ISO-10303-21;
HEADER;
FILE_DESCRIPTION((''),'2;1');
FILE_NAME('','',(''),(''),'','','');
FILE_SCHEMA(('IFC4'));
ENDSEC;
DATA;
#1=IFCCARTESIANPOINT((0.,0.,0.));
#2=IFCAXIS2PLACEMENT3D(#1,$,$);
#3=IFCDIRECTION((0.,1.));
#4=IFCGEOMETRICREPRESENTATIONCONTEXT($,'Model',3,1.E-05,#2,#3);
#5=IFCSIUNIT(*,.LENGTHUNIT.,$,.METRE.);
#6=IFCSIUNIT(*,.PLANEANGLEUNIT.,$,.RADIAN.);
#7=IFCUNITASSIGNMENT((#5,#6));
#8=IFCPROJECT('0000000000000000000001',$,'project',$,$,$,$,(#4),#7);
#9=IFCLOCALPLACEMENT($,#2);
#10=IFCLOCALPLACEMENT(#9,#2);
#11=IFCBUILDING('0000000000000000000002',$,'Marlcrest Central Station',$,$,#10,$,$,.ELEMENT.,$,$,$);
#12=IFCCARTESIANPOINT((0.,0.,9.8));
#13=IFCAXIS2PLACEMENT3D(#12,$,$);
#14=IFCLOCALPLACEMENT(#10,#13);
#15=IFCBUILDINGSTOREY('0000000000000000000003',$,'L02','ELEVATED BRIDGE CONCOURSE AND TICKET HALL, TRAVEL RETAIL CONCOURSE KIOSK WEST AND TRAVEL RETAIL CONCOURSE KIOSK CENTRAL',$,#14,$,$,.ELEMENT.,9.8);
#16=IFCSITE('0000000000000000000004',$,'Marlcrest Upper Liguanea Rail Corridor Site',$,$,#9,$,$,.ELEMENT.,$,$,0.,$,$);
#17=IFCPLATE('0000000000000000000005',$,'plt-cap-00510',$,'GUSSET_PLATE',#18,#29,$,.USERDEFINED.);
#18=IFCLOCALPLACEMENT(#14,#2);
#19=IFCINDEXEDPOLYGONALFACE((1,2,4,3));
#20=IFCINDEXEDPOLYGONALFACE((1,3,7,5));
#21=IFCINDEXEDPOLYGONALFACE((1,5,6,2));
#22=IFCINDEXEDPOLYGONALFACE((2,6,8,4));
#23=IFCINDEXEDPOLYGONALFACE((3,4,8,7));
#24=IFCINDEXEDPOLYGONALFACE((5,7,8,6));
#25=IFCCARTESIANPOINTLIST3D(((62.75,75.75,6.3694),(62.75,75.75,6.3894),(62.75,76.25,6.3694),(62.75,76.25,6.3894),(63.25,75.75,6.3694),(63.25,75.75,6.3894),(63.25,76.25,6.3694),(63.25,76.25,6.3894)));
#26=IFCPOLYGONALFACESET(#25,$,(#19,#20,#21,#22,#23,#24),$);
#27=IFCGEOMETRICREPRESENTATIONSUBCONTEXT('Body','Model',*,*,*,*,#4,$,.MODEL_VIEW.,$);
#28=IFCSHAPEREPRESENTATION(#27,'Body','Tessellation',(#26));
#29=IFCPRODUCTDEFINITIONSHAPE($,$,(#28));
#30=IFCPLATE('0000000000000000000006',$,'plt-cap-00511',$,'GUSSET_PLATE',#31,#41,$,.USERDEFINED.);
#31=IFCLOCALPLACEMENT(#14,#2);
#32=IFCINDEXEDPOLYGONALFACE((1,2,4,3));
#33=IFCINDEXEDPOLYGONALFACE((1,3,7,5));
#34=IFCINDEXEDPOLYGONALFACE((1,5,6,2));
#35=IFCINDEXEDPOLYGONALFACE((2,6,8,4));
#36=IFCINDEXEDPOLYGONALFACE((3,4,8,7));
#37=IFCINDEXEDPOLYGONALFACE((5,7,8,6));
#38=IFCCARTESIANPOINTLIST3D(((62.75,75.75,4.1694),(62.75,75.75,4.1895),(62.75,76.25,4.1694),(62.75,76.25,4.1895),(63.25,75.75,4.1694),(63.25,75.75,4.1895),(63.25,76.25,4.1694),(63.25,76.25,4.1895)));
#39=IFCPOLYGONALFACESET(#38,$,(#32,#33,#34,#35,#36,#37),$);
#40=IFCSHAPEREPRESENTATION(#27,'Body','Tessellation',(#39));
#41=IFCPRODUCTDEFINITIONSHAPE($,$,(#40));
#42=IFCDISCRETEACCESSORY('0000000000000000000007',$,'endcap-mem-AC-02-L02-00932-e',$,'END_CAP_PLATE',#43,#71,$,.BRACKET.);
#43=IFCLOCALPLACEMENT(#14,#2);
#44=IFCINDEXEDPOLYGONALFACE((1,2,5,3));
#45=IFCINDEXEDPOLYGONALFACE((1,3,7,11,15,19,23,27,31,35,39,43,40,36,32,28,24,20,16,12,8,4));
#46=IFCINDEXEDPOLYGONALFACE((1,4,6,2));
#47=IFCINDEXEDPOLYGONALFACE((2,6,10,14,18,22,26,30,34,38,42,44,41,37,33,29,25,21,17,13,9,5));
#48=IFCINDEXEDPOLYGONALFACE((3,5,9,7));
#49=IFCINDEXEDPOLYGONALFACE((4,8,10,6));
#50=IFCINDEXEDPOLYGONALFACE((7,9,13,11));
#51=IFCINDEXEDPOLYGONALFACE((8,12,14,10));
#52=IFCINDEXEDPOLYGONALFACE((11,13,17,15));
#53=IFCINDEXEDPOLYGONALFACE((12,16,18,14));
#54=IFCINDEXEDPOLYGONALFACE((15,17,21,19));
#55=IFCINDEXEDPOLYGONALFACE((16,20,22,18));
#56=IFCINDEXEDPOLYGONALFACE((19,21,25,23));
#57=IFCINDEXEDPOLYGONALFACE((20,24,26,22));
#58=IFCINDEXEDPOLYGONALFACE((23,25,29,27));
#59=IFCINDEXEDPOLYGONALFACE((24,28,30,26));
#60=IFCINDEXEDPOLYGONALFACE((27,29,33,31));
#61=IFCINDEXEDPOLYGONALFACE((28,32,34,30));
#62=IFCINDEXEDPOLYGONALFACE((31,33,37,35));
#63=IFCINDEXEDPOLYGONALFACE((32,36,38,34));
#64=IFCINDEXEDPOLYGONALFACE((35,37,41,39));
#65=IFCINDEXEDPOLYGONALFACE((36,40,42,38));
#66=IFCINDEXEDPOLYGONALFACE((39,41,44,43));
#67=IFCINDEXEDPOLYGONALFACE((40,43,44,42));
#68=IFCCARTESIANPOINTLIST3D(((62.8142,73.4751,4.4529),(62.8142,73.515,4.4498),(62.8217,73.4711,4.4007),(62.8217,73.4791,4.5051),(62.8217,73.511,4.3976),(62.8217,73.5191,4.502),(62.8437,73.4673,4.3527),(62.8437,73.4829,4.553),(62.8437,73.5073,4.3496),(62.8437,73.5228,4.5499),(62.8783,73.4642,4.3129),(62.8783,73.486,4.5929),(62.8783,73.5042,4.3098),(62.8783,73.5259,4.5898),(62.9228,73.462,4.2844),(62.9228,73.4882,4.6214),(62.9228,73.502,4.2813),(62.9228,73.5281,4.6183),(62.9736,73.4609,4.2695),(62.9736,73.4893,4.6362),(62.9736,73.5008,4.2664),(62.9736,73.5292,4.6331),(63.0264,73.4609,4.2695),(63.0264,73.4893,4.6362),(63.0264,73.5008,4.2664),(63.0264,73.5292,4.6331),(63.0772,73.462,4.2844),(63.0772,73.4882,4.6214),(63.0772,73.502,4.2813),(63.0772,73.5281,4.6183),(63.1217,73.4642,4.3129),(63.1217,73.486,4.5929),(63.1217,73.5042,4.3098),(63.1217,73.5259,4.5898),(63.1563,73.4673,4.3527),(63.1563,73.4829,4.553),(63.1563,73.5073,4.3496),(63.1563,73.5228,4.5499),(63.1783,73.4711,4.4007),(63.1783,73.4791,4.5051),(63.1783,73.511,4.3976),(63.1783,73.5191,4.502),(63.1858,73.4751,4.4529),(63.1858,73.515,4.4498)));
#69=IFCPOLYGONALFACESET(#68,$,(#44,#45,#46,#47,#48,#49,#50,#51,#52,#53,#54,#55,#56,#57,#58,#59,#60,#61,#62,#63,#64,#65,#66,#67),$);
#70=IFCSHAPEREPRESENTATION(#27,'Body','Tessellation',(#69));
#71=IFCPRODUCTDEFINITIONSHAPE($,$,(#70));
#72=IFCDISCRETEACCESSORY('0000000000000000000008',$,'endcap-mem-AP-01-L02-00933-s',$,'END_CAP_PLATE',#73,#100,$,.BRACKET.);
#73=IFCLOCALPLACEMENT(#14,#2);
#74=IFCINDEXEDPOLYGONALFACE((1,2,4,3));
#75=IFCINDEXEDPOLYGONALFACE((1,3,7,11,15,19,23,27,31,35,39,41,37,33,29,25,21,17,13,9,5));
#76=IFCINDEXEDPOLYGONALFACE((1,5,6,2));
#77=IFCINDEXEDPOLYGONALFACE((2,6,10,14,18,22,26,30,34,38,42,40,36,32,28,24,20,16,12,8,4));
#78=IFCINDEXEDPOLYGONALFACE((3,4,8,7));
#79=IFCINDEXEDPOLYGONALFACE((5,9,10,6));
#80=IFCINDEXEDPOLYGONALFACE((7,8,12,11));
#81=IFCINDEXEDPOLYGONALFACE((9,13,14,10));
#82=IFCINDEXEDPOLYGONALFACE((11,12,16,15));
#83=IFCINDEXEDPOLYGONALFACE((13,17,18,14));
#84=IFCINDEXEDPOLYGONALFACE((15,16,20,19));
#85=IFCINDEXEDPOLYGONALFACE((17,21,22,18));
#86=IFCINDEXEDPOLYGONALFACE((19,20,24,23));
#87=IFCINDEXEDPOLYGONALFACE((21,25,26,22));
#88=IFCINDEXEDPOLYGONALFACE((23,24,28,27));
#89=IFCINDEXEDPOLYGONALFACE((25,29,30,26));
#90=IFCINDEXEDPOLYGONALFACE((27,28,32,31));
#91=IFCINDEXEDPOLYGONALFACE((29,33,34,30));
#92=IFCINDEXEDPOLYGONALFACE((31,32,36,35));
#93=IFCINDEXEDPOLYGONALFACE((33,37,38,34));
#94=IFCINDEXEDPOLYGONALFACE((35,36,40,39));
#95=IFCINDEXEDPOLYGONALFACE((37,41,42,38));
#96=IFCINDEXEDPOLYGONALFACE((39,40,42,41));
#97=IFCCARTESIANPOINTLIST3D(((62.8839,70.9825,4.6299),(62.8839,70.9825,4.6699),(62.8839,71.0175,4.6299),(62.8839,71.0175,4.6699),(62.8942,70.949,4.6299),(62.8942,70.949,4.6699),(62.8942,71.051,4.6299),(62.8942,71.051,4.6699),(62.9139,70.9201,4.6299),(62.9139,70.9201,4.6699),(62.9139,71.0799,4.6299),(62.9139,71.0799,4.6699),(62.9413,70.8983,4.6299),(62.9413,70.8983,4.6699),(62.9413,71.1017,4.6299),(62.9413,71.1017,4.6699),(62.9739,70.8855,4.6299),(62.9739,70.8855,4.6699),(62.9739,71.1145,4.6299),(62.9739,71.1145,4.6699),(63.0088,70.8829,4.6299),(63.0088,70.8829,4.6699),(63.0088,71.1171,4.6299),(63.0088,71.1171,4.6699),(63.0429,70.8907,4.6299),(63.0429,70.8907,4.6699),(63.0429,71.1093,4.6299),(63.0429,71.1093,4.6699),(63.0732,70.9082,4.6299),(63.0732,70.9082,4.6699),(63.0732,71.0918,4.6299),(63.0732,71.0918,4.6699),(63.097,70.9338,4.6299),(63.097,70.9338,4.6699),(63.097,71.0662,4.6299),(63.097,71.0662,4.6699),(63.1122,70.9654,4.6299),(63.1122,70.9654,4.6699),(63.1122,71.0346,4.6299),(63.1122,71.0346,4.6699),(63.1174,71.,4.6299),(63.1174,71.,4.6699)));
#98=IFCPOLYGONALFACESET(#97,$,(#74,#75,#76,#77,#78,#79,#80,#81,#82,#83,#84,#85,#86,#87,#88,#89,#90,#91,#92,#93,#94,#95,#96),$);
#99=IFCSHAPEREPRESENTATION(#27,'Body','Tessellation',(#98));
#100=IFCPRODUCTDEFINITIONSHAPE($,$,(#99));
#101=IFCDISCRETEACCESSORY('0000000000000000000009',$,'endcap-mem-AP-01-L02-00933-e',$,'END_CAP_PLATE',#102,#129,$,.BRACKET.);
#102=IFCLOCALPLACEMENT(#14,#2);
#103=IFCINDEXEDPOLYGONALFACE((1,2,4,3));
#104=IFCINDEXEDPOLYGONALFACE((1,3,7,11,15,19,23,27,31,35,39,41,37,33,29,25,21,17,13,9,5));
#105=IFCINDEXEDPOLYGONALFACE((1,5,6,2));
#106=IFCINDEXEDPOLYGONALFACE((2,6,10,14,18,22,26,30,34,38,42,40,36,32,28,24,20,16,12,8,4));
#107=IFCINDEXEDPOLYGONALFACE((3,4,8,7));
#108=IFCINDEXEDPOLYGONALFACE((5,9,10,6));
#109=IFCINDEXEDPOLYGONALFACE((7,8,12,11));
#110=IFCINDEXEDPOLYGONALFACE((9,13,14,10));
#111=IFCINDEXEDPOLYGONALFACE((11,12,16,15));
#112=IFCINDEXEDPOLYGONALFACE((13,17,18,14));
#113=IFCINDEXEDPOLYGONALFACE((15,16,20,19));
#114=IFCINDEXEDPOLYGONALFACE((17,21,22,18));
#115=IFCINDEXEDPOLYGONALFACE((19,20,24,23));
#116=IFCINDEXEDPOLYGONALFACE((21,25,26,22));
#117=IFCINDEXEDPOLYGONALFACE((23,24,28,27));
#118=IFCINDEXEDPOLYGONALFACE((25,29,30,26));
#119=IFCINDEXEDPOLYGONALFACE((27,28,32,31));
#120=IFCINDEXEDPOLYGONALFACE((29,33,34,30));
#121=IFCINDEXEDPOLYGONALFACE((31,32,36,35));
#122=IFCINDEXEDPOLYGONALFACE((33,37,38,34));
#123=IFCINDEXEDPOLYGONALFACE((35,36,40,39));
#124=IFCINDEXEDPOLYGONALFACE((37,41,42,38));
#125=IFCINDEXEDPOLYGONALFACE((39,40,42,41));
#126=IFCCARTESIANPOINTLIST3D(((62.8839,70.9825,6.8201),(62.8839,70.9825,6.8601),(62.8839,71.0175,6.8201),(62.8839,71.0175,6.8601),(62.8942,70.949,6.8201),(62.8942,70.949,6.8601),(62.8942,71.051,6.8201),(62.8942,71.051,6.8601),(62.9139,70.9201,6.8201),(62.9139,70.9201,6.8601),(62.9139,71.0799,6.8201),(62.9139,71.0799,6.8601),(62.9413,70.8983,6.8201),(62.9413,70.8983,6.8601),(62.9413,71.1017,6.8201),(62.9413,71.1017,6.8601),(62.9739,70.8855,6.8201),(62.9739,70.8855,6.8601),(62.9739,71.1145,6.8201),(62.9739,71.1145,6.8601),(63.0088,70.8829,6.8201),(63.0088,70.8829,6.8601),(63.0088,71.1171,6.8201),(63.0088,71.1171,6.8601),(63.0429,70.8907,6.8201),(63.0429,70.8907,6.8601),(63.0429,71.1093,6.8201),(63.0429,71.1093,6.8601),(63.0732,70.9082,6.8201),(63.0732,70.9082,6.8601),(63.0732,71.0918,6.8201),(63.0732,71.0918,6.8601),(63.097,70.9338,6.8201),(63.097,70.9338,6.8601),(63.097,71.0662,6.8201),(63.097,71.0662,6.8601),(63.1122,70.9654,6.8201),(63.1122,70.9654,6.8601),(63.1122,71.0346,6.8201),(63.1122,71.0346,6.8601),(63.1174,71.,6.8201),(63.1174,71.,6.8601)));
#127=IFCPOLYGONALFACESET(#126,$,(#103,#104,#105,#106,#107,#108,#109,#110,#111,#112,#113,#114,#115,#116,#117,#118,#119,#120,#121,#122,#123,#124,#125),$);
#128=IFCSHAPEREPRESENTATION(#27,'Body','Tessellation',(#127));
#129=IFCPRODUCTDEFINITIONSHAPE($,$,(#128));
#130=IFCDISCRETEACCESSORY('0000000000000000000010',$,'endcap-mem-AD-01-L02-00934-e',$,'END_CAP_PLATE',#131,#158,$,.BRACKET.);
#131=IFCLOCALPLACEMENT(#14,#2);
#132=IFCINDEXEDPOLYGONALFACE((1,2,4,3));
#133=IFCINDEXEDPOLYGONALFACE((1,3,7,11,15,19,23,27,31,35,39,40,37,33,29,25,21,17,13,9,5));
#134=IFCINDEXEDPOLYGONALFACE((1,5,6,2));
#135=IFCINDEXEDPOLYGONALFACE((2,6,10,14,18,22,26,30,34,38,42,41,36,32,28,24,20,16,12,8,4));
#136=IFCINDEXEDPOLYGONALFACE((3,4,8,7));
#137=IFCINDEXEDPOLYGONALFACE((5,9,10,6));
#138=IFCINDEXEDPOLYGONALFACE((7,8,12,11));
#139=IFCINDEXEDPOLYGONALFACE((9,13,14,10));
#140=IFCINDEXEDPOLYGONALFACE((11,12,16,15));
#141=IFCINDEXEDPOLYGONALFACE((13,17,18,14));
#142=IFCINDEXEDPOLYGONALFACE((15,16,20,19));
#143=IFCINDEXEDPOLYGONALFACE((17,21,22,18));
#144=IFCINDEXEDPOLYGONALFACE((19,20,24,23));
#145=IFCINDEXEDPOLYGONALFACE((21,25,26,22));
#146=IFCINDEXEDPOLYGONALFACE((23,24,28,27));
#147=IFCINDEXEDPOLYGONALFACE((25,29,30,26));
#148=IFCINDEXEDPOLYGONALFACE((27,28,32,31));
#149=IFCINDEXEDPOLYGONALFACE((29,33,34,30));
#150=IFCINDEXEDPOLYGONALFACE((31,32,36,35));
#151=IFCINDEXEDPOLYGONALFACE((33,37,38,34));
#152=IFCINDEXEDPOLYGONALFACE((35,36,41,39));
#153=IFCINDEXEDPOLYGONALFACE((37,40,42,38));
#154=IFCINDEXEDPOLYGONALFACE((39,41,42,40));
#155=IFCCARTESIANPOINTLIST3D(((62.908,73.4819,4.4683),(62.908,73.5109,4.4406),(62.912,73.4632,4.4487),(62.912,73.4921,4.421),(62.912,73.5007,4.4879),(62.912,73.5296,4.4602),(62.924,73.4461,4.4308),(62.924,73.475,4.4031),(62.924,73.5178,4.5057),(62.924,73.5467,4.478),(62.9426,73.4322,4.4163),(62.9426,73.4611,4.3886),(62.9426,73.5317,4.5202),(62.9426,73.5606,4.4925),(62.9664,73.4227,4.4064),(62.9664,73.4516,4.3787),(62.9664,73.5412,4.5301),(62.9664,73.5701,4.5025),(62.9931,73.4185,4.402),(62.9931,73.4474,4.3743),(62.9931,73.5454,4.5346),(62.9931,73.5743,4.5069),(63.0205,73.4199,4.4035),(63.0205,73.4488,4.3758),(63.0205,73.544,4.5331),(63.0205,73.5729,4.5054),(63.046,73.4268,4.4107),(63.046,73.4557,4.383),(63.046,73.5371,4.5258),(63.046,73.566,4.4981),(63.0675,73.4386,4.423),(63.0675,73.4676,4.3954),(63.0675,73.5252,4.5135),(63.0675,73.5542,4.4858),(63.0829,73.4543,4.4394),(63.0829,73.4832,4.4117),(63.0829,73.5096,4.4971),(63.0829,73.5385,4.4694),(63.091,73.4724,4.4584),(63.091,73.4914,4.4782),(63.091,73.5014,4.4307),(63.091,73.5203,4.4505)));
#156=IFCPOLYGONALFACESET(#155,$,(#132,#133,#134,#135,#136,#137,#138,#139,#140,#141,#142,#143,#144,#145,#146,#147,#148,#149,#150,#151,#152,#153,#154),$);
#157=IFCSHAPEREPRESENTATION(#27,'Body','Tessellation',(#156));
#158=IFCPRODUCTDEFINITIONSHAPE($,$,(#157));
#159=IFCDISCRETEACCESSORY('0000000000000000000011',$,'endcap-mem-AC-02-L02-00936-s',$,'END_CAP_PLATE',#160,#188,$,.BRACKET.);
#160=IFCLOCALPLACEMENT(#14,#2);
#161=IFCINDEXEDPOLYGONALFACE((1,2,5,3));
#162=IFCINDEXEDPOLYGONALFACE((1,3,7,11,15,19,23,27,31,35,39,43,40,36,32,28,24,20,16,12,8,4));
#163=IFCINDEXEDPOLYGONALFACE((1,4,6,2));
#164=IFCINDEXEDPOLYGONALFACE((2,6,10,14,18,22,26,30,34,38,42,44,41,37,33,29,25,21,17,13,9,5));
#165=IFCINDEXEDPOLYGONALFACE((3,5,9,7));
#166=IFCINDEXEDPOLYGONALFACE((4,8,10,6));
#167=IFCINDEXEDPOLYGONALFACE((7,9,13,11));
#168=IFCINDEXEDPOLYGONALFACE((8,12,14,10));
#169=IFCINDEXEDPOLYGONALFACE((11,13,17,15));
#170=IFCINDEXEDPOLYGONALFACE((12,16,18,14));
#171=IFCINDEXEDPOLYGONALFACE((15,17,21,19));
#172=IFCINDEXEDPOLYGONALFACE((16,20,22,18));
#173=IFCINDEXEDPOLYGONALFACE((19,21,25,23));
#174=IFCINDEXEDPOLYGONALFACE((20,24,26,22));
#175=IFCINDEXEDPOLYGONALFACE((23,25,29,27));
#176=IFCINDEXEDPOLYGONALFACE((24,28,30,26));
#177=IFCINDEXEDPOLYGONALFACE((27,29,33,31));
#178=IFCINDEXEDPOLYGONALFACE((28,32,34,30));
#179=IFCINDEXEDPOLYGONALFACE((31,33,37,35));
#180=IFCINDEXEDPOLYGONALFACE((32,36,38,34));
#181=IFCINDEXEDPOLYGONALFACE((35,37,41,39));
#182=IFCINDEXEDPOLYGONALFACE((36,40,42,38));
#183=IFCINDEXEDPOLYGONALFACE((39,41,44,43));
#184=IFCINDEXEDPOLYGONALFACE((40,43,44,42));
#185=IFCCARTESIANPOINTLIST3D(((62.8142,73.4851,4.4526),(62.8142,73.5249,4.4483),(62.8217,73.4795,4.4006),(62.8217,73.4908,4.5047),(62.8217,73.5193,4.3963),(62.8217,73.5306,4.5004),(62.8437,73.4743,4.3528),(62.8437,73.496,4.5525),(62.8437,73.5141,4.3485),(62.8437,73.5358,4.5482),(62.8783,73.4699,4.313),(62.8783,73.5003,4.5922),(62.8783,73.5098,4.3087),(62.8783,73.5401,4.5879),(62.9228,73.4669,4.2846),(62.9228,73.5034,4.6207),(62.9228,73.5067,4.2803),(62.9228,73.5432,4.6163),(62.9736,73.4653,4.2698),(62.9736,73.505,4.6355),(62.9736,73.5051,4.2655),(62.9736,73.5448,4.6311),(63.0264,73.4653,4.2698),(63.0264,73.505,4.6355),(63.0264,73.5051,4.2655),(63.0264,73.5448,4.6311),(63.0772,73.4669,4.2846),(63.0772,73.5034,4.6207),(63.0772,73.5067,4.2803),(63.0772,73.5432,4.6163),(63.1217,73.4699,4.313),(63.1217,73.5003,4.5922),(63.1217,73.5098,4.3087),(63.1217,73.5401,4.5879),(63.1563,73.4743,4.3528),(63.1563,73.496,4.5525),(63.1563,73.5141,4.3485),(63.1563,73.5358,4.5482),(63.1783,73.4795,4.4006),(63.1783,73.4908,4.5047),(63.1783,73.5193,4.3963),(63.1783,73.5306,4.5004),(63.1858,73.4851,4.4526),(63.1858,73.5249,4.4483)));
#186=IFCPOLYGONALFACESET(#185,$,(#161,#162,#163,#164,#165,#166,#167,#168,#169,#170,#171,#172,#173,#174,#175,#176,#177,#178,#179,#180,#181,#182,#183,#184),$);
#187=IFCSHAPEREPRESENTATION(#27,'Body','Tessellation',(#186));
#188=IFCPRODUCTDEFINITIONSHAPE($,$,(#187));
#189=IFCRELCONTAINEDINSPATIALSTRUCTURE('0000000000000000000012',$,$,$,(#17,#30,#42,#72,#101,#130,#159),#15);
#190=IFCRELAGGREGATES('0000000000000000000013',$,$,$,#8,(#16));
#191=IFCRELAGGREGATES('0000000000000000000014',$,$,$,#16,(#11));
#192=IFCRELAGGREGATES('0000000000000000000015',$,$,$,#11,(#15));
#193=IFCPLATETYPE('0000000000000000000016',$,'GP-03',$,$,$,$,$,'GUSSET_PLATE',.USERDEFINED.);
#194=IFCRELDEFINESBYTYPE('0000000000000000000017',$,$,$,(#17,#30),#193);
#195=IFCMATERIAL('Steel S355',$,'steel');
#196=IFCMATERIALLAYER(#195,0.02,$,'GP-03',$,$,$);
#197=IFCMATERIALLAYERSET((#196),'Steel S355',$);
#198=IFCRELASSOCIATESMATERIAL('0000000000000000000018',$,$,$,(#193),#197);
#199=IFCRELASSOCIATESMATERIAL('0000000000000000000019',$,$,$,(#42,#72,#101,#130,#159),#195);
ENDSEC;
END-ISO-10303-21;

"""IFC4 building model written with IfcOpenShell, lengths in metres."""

from ifc_helpers import new_model, si_unit, direction, frame, origin, origin_2d, place, context, subcontext, project, spatial, rectangle, circle, extrude, material, layer, layer_set, type_object, element, save


model = new_model("IFC4")

# Units and contexts
model_context = context("Model", 3, precision=1e-05, world=origin(), true_north=direction((0.0, 1.0)))
body_context = subcontext(model_context, "Body", "Model", "MODEL_VIEW")
ifc_project = project(units=[si_unit("LENGTHUNIT", "METRE"), si_unit("PLANEANGLEUNIT", "RADIAN")], contexts=[model_context])

# Site, building, storey
site_placement = place(None, origin())
site = spatial("IfcSite", under=ifc_project, at=site_placement, Name="Marlcrest Upper Liguanea Rail Corridor Site", CompositionType="ELEMENT", RefElevation=0.0)
building_placement = place(site_placement, origin())
building = spatial("IfcBuilding", under=site, at=building_placement, Name="Marlcrest Central Station", CompositionType="ELEMENT")
storey_placement = place(building_placement, frame((0.0, 0.0, 9.8)))
storey = spatial("IfcBuildingStorey", under=building, at=storey_placement, Name="L02", Description="ELEVATED BRIDGE CONCOURSE AND TICKET HALL, TRAVEL RETAIL CONCOURSE KIOSK WEST AND TRAVEL RETAIL CONCOURSE KIOSK CENTRAL", CompositionType="ELEMENT", Elevation=9.8)

# Shared definitions
ifc_material = material(Name="Steel S355", Category="steel")

# Plates
ifc_layer = layer(ifc_material, 0.02, Name="GP-03")
ifc_layer_set = layer_set([ifc_layer], Name="Steel S355")
plate_type = type_object("IfcPlateType", Name="GP-03", ElementType="GUSSET_PLATE", PredefinedType="USERDEFINED", material=ifc_layer_set)
for number, where, z_axis, x_axis, name in (
    (1, (63.0, 76.0, 6.3694), (0.0, 0.0, 1.0), (1.0, 0.0, 0.0), "plt-cap-00510"),
    (2, (63.0, 76.0, 4.1694), (0.0, 0.0, 1.0), (1.0, 0.0, 0.0), "plt-cap-00511"),
):
    element("IfcPlate", number, at=place(storey_placement, frame(where, z_axis=z_axis, x_axis=x_axis)), inside=storey, type_object=plate_type, Name=name, ObjectType="GUSSET_PLATE", PredefinedType="USERDEFINED", context=body_context, shape_type="SweptSolid", body=[
        extrude(rectangle(XDim=0.5, YDim=0.5, at=origin_2d()), origin(), (0.0, 0.0, 1.0), 0.02),
    ])

# Discrete accessories
discrete_accessory_1_placement = place(storey_placement, frame((63.0, 73.4751, 4.4529), z_axis=(0.0, 0.997007, -0.077307), x_axis=(-1.0, 0.0, 0.0)))
element("IfcDiscreteAccessory", 3, at=discrete_accessory_1_placement, inside=storey, material=ifc_material, Name="endcap-mem-AC-02-L02-00932-e", ObjectType="END_CAP_PLATE", PredefinedType="BRACKET", context=body_context, shape_type="SweptSolid", body=[
    extrude(circle(Radius=0.1858, at=origin_2d()), origin(), (0.0, 0.0, 1.0), 0.04),
])
for number, where, z_axis, x_axis, name in (
    (4, (63.0, 71.0, 4.6299), (0.0, 0.0, 1.0), (1.0, 0.0, 0.0), "endcap-mem-AP-01-L02-00933-s"),
    (5, (63.0, 71.0, 6.8201), (0.0, 0.0, 1.0), (1.0, 0.0, 0.0), "endcap-mem-AP-01-L02-00933-e"),
):
    element("IfcDiscreteAccessory", number, at=place(storey_placement, frame(where, z_axis=z_axis, x_axis=x_axis)), inside=storey, material=ifc_material, Name=name, ObjectType="END_CAP_PLATE", PredefinedType="BRACKET", context=body_context, shape_type="SweptSolid", body=[
        extrude(circle(Radius=0.1174, at=origin_2d()), origin(), (0.0, 0.0, 1.0), 0.04),
    ])
discrete_accessory_2_placement = place(storey_placement, frame((63.0, 73.4819, 4.4683), z_axis=(0.0, 0.722247, -0.691636), x_axis=(-1.0, 0.0, 0.0)))
element("IfcDiscreteAccessory", 6, at=discrete_accessory_2_placement, inside=storey, material=ifc_material, Name="endcap-mem-AD-01-L02-00934-e", ObjectType="END_CAP_PLATE", PredefinedType="BRACKET", context=body_context, shape_type="SweptSolid", body=[
    extrude(circle(Radius=0.092, at=origin_2d()), origin(), (0.0, 0.0, 1.0), 0.04),
])
for number, where, z_axis, x_axis, name in (
    (7, (63.0, 73.4851, 4.4526), (0.0, 0.994155, -0.107959), (-1.0, 0.0, 0.0), "endcap-mem-AC-02-L02-00936-s"),
):
    element("IfcDiscreteAccessory", number, at=place(storey_placement, frame(where, z_axis=z_axis, x_axis=x_axis)), inside=storey, material=ifc_material, Name=name, ObjectType="END_CAP_PLATE", PredefinedType="BRACKET", context=body_context, shape_type="SweptSolid", body=[
        extrude(circle(Radius=0.1858, at=origin_2d()), origin(), (0.0, 0.0, 1.0), 0.04),
    ])

save(model, "model.ifc")
